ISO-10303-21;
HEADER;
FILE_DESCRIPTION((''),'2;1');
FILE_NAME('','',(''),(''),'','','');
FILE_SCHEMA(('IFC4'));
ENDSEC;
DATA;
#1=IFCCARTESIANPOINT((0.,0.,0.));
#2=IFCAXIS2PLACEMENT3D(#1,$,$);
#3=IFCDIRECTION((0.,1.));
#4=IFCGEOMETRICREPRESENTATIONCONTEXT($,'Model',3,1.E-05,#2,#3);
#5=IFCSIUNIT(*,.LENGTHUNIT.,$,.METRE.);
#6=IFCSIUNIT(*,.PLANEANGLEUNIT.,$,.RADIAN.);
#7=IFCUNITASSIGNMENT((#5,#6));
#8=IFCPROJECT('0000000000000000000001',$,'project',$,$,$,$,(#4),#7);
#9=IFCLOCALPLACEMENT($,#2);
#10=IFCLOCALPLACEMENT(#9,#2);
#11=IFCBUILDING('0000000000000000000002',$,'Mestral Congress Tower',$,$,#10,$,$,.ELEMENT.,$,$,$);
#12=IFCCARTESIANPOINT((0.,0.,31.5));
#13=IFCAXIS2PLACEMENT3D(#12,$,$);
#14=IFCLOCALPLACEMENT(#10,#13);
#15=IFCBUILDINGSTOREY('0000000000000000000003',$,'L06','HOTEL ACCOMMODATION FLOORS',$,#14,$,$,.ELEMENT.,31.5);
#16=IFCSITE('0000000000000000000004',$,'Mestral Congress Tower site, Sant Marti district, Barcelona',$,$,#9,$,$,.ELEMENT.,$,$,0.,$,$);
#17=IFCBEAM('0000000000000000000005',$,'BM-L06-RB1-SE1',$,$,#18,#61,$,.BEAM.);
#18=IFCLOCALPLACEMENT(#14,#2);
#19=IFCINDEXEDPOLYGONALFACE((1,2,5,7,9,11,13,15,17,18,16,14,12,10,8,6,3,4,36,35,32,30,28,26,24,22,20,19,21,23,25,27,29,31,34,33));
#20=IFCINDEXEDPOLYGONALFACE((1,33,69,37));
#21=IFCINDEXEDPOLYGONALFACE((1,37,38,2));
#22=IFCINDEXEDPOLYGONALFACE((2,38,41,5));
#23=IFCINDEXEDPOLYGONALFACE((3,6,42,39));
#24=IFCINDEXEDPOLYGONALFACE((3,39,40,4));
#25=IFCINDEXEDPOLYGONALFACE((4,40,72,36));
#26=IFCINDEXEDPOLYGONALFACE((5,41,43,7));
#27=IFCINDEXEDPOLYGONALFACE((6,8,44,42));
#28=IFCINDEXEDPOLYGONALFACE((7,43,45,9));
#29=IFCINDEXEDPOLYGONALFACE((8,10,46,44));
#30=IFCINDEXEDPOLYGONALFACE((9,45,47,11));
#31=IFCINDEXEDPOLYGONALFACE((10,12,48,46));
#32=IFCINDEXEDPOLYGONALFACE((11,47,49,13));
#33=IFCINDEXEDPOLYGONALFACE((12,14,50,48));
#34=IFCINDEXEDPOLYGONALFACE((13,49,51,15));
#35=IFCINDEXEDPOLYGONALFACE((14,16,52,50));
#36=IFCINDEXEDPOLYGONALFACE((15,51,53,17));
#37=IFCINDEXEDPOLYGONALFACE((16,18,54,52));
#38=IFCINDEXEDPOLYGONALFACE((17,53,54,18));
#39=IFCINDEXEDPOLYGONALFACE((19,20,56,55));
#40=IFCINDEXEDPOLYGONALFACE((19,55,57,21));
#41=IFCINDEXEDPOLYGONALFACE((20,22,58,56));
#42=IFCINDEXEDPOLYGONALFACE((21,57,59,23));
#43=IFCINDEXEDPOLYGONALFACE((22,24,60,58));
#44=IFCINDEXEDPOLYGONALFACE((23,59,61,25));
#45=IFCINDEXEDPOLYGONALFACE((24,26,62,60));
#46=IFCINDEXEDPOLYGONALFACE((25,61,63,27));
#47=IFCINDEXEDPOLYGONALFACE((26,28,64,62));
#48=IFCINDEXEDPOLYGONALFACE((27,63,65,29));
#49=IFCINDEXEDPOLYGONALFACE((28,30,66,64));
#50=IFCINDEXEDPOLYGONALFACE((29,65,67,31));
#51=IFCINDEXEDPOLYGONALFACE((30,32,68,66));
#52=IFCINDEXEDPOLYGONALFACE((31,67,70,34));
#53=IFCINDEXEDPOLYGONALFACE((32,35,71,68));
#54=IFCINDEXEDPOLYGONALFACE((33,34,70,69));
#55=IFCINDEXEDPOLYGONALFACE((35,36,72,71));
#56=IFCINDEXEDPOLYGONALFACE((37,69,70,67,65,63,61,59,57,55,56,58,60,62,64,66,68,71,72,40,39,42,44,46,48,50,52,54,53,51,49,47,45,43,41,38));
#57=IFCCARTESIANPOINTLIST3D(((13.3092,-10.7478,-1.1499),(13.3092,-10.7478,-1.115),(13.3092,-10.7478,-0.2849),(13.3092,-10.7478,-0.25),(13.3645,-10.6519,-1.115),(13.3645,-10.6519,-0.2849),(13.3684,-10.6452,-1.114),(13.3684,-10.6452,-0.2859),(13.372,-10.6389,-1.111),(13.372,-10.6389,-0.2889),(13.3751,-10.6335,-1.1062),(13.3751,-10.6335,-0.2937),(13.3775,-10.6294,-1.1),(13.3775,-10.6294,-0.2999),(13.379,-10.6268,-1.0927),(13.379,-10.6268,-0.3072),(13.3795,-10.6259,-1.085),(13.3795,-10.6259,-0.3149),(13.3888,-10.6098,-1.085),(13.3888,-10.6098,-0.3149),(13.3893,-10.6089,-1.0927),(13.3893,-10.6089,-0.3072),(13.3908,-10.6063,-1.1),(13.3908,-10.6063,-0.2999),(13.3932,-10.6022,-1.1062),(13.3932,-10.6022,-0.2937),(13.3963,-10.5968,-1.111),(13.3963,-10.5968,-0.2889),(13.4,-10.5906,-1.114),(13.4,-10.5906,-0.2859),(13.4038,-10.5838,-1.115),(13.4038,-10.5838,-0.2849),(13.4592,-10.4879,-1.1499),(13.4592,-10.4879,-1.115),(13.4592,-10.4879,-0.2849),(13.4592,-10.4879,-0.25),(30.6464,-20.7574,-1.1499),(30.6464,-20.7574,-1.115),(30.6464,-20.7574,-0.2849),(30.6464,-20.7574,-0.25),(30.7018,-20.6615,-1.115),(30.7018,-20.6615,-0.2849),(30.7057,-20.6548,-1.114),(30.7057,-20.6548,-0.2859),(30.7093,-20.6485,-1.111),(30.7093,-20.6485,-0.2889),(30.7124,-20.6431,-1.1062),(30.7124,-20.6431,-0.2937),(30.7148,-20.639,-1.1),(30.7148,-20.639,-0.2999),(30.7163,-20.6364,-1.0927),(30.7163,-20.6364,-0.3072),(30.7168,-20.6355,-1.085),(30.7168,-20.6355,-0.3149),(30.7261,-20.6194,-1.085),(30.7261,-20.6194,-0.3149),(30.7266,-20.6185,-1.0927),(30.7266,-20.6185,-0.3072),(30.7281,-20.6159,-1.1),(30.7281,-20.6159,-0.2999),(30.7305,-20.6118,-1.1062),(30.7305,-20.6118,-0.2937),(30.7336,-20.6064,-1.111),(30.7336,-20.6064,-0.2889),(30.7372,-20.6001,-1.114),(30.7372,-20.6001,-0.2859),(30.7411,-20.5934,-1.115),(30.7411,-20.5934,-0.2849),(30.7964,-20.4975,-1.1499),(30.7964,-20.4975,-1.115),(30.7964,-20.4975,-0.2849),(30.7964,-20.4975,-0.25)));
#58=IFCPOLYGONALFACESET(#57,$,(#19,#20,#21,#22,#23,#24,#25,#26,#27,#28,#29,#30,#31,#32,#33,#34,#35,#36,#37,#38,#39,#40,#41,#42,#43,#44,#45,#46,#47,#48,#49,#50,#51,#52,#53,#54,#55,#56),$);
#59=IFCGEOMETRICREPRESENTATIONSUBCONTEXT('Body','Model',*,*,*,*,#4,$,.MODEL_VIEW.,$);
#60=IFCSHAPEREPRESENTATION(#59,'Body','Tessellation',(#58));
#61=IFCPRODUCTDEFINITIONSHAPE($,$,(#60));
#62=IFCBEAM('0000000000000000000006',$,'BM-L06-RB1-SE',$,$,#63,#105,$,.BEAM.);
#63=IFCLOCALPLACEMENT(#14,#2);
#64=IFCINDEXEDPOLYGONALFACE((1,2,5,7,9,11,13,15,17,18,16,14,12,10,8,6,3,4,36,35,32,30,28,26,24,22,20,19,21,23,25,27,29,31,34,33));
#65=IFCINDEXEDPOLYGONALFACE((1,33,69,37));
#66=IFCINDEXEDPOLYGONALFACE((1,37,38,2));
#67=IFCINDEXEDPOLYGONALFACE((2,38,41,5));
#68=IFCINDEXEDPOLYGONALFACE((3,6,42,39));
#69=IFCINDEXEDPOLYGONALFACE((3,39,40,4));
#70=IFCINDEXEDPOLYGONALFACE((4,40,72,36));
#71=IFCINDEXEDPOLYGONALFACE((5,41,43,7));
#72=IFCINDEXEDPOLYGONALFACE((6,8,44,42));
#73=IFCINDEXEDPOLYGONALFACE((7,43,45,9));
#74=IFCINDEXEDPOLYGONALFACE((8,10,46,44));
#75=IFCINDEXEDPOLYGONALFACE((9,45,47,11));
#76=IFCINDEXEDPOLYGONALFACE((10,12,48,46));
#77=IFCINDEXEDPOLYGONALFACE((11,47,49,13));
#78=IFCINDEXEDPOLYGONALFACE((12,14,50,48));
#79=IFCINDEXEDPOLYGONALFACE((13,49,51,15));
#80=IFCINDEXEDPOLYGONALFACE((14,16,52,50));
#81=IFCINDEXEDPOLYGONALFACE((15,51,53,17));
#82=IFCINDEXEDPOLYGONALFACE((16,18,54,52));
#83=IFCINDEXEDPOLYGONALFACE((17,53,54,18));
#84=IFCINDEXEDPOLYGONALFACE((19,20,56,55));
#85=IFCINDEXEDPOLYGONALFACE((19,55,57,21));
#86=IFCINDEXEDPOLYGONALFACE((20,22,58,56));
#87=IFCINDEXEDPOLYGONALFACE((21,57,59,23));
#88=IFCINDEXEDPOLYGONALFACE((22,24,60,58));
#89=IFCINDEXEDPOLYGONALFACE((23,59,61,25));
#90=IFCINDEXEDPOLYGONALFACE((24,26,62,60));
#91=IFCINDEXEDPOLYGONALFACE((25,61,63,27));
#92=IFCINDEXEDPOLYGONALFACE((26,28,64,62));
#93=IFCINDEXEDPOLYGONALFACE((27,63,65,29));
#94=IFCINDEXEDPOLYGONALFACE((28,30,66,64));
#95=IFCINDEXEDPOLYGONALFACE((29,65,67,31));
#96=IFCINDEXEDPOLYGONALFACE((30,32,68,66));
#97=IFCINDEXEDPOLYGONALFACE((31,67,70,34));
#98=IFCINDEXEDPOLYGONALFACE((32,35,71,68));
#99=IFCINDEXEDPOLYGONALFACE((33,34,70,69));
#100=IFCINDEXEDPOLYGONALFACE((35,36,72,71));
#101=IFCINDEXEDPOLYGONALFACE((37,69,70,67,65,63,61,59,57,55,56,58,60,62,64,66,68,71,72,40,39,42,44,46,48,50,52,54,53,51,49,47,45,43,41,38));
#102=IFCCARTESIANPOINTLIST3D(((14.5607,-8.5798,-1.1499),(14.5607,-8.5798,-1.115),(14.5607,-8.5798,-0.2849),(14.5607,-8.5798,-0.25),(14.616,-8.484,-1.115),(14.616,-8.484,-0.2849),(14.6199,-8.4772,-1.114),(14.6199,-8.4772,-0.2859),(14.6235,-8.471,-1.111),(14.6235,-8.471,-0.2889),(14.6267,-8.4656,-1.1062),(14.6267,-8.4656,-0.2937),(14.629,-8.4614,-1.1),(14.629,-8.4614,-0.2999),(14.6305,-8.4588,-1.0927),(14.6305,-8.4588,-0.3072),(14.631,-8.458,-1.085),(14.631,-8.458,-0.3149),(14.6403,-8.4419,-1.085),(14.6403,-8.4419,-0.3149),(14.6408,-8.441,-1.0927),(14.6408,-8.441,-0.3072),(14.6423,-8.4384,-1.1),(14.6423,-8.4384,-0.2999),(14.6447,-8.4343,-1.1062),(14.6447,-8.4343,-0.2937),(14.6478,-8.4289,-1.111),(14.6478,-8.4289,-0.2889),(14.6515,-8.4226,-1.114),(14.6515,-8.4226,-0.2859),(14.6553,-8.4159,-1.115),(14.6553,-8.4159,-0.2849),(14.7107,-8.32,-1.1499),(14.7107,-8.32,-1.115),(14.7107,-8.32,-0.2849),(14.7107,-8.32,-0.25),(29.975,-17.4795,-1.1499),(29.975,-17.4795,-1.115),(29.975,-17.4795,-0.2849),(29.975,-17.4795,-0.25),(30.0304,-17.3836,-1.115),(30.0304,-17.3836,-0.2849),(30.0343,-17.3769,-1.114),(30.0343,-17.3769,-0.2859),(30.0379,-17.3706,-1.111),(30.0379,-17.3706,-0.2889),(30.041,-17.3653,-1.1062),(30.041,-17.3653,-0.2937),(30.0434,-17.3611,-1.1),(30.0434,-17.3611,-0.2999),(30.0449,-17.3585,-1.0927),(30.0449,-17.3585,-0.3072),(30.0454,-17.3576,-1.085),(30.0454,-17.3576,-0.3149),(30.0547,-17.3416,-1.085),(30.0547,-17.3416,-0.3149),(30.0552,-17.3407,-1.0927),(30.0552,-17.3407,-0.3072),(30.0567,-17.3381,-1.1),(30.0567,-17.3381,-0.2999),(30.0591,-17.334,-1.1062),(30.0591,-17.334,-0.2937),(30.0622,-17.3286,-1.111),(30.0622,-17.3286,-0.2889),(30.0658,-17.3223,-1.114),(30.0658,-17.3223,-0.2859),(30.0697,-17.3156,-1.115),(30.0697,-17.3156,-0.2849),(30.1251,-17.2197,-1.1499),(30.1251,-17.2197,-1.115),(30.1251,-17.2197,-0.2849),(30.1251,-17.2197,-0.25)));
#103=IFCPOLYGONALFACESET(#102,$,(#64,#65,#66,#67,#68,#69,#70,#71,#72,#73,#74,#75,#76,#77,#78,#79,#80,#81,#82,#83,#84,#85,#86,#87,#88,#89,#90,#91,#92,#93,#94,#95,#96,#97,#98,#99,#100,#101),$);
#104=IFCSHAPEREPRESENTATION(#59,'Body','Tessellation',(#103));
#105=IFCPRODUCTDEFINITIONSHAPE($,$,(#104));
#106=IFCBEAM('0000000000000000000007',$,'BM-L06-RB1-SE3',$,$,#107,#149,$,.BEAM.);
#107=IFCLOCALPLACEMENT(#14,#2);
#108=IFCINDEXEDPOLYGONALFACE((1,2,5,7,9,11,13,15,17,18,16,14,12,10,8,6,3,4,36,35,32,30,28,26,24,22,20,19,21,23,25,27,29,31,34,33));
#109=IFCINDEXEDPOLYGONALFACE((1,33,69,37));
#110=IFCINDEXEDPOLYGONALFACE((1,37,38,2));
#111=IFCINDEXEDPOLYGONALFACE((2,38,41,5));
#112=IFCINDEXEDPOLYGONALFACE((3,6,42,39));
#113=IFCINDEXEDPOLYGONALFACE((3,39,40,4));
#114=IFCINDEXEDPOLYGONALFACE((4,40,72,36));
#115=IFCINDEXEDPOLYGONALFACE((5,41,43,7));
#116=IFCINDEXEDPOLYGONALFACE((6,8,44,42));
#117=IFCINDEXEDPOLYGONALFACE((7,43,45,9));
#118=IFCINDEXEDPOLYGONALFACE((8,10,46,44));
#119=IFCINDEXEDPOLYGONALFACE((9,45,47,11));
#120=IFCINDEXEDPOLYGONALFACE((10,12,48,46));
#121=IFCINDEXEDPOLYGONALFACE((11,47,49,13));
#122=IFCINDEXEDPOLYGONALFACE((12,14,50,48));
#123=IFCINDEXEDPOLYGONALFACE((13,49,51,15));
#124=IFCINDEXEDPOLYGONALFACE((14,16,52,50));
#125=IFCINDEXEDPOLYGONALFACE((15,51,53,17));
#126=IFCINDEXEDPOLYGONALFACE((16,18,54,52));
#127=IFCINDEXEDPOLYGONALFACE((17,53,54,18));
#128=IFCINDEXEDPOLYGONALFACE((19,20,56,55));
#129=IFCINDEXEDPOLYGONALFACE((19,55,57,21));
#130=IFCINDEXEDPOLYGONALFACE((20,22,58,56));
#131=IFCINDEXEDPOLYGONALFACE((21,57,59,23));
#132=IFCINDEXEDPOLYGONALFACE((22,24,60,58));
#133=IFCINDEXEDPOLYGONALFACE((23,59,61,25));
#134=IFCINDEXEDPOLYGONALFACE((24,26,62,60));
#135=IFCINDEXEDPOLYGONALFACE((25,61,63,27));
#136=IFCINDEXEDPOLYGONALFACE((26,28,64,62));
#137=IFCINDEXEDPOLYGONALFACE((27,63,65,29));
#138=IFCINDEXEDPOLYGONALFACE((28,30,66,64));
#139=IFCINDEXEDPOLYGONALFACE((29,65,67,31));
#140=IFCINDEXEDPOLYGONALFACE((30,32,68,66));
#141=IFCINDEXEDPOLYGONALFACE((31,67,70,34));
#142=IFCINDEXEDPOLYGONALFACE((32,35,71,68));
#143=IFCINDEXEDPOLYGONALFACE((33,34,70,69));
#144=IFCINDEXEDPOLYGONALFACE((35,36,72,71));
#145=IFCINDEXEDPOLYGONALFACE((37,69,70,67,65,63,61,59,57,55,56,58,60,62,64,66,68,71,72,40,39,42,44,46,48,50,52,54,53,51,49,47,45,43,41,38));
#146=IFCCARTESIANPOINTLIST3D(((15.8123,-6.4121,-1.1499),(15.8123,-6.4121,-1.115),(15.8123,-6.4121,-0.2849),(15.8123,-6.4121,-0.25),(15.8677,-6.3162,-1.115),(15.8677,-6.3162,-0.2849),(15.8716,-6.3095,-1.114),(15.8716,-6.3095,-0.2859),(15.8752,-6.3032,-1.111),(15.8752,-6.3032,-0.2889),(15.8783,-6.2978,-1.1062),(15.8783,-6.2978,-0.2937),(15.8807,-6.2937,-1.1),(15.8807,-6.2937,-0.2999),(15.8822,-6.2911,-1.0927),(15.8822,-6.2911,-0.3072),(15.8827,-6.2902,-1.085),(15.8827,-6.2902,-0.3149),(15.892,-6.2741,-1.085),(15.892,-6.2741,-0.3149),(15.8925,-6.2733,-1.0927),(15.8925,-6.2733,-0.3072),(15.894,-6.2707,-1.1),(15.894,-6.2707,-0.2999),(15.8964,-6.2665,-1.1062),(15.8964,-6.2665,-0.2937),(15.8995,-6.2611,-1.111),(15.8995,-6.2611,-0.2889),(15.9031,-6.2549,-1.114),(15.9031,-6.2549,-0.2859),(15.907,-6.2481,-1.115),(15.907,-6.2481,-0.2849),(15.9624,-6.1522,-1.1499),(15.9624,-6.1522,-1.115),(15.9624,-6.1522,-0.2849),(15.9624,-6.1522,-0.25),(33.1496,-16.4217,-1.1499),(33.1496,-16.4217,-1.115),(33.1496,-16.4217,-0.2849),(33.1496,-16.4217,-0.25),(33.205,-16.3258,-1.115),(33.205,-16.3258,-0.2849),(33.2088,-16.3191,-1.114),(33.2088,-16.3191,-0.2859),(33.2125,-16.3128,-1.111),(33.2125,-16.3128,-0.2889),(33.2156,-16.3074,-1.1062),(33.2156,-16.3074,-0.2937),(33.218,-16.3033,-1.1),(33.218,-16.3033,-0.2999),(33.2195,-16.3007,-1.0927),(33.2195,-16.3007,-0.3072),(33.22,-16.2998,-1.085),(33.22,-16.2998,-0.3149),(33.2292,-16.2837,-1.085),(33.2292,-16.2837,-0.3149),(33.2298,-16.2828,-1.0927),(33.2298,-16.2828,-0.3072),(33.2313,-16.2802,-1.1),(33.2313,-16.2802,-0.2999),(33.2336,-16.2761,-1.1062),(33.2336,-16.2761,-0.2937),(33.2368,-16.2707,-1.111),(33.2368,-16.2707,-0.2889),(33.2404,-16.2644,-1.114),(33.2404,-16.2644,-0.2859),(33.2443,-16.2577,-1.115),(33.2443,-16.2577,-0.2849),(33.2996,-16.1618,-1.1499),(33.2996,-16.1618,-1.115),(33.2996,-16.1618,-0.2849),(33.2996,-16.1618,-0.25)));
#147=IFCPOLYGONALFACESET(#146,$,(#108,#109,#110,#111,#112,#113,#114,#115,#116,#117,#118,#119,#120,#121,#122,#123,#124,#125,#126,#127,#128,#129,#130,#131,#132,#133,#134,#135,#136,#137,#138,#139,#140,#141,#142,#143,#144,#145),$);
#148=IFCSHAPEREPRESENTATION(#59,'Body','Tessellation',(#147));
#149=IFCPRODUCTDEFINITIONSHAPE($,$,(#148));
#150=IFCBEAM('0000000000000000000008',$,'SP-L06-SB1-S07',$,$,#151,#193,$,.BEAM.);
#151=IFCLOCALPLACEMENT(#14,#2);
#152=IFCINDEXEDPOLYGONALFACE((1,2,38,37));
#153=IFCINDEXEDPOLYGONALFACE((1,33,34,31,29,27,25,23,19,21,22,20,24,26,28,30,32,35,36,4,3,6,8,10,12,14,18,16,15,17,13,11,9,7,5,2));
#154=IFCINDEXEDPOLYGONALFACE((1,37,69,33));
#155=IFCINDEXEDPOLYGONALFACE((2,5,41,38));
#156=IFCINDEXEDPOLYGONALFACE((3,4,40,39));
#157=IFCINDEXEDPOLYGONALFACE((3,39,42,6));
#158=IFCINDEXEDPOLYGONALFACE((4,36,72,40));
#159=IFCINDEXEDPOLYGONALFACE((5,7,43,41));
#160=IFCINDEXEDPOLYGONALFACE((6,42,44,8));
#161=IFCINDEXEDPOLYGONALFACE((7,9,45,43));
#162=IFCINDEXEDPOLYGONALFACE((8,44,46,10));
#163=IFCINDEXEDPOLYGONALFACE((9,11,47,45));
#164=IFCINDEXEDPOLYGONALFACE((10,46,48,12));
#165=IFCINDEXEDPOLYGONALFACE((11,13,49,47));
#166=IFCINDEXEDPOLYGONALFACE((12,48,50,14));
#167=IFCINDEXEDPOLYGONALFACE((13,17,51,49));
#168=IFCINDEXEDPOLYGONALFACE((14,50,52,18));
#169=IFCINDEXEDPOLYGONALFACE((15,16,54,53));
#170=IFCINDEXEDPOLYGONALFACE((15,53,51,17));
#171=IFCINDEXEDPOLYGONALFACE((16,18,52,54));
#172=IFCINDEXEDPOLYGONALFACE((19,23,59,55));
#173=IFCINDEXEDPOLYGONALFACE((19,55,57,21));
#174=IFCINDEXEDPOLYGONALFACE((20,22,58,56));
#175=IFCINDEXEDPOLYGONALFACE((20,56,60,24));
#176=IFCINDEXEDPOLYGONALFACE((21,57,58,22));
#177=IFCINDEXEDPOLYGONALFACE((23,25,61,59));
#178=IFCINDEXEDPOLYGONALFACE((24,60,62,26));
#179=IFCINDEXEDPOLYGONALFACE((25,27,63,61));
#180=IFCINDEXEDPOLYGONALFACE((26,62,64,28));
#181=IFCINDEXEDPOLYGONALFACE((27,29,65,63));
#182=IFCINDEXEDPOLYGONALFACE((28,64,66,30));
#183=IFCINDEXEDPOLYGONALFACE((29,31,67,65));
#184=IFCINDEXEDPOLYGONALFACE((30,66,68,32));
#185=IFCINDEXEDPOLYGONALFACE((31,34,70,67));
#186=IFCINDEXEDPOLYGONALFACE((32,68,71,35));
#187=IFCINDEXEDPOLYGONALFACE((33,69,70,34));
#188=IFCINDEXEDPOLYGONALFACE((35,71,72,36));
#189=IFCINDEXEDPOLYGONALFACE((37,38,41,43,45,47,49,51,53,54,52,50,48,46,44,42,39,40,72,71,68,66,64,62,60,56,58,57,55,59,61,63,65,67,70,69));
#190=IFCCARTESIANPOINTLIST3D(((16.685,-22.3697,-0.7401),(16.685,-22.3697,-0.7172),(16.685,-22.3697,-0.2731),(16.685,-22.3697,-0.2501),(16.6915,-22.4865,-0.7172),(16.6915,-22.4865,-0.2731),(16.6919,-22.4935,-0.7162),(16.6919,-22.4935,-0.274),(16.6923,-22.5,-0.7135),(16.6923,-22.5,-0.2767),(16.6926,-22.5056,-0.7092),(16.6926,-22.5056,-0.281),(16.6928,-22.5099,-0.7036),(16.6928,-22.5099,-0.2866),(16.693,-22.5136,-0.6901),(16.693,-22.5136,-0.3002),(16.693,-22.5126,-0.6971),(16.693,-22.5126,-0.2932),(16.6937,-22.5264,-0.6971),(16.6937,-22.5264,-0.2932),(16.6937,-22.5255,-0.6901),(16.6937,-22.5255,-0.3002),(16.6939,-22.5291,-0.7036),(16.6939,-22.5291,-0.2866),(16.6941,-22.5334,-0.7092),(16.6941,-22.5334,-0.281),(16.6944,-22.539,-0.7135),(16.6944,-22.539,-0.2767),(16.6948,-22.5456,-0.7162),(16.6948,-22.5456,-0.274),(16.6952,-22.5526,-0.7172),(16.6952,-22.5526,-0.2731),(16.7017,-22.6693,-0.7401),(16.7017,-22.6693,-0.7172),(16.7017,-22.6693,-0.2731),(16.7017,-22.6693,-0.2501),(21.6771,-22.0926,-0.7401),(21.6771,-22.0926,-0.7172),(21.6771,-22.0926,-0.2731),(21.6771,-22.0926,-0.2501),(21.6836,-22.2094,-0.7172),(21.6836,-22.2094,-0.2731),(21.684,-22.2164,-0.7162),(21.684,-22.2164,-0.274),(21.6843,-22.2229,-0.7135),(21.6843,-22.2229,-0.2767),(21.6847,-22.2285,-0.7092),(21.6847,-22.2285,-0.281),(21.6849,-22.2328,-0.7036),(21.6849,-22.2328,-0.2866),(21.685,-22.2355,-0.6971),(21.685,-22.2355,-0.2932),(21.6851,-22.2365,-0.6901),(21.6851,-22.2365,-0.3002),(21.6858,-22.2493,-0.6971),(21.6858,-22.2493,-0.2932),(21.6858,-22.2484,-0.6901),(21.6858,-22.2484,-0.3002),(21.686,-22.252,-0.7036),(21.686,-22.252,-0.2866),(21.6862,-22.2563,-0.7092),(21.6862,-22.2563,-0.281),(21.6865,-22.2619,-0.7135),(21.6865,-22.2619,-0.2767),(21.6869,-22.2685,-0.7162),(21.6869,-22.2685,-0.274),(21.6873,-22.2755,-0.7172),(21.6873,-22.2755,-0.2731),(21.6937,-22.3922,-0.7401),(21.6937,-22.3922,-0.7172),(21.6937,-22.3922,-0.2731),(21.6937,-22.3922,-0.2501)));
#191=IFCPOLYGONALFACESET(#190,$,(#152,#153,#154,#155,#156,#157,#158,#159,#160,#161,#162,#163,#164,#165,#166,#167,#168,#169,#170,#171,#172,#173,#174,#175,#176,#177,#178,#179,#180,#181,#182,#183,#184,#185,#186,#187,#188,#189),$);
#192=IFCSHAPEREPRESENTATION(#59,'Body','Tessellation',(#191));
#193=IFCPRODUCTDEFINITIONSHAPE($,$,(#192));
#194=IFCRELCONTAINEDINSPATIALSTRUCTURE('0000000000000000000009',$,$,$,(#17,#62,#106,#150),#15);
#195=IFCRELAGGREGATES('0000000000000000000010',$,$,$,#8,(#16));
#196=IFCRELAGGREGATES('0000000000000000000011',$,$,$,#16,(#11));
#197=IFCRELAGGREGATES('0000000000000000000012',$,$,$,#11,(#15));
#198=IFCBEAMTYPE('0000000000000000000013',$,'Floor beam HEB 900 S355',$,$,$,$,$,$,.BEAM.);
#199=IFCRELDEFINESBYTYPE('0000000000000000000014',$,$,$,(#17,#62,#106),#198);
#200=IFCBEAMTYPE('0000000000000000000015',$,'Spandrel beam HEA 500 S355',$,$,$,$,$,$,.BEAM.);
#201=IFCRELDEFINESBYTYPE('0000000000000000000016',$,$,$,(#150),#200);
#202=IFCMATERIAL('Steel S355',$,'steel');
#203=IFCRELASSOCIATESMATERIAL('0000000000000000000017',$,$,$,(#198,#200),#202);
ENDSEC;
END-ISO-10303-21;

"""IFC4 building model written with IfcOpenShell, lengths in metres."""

from ifc_helpers import new_model, si_unit, direction, frame, origin, origin_2d, place, context, subcontext, project, spatial, i_section, extrude, material, material_profile, profile_set, type_object, element, save


model = new_model("IFC4")

# Units and contexts
model_context = context("Model", 3, precision=1e-05, world=origin(), true_north=direction((0.0, 1.0)))
body_context = subcontext(model_context, "Body", "Model", "MODEL_VIEW")
ifc_project = project(units=[si_unit("LENGTHUNIT", "METRE"), si_unit("PLANEANGLEUNIT", "RADIAN")], contexts=[model_context])

# Site, building, storey
site_placement = place(None, origin())
site = spatial("IfcSite", under=ifc_project, at=site_placement, Name="Mestral Congress Tower site, Sant Marti district, Barcelona", CompositionType="ELEMENT", RefElevation=0.0)
building_placement = place(site_placement, origin())
building = spatial("IfcBuilding", under=site, at=building_placement, Name="Mestral Congress Tower", CompositionType="ELEMENT")
storey_placement = place(building_placement, frame((0.0, 0.0, 31.5)))
storey = spatial("IfcBuildingStorey", under=building, at=storey_placement, Name="L06", Description="HOTEL ACCOMMODATION FLOORS", CompositionType="ELEMENT", Elevation=31.5)

# Beams
ifc_material_1 = material(Name="Steel S355", Category="steel")
ifc_material_profile_1 = material_profile(ifc_material_1, i_section(OverallWidth=0.3, OverallDepth=0.8999, WebThickness=0.0186, FlangeThickness=0.0349, FilletRadius=0.03, at=origin_2d()), Name="HEB 900")
ifc_profile_set_1 = profile_set([ifc_material_profile_1], Name="Steel S355")
beam_type_1 = type_object("IfcBeamType", Name="Floor beam HEB 900 S355", PredefinedType="BEAM", material=ifc_profile_set_1)
beam_1_placement = place(storey_placement, frame((30.7214, -20.6274, -0.7), z_axis=(-0.866027, 0.499997, 0.0), x_axis=(-0.499997, -0.866027, 0.0)))
element("IfcBeam", 1, at=beam_1_placement, inside=storey, type_object=beam_type_1, Name="BM-L06-RB1-SE1", PredefinedType="BEAM", context=body_context, shape_type="SweptSolid", body=[
    extrude(i_section(OverallWidth=0.3, OverallDepth=0.8999, WebThickness=0.0186, FlangeThickness=0.0349, FilletRadius=0.03, at=origin_2d()), origin(), (0.0, 0.0, 1.0), 20.0193),
])
beam_2_placement = place(storey_placement, frame((30.05, -17.3496, -0.7), z_axis=(-0.86602, 0.500009, 0.0), x_axis=(-0.500009, -0.86602, 0.0)))
element("IfcBeam", 2, at=beam_2_placement, inside=storey, type_object=beam_type_1, Name="BM-L06-RB1-SE", PredefinedType="BEAM", context=body_context, shape_type="SweptSolid", body=[
    extrude(i_section(OverallWidth=0.3, OverallDepth=0.8999, WebThickness=0.0186, FlangeThickness=0.0349, FilletRadius=0.03, at=origin_2d()), origin(), (0.0, 0.0, 1.0), 17.7991),
])
beam_3_placement = place(storey_placement, frame((33.2246, -16.2917, -0.7), z_axis=(-0.866027, 0.499997, 0.0), x_axis=(-0.499997, -0.866027, 0.0)))
element("IfcBeam", 3, at=beam_3_placement, inside=storey, type_object=beam_type_1, Name="BM-L06-RB1-SE3", PredefinedType="BEAM", context=body_context, shape_type="SweptSolid", body=[
    extrude(i_section(OverallWidth=0.3, OverallDepth=0.8999, WebThickness=0.0186, FlangeThickness=0.0349, FilletRadius=0.03, at=origin_2d()), origin(), (0.0, 0.0, 1.0), 20.0193),
])
ifc_material_profile_2 = material_profile(ifc_material_1, i_section(OverallWidth=0.3, OverallDepth=0.49, WebThickness=0.012, FlangeThickness=0.0229, FilletRadius=0.0271, at=origin_2d()), Name="HEA 500")
ifc_profile_set_2 = profile_set([ifc_material_profile_2], Name="Steel S355")
beam_type_2 = type_object("IfcBeamType", Name="Spandrel beam HEA 500 S355", PredefinedType="BEAM", material=ifc_profile_set_2)
beam_4_placement = place(storey_placement, frame((16.6934, -22.5195, -0.4951), z_axis=(0.998463, 0.055421, 0.0), x_axis=(-0.055421, 0.998463, 0.0)))
element("IfcBeam", 4, at=beam_4_placement, inside=storey, type_object=beam_type_2, Name="SP-L06-SB1-S07", PredefinedType="BEAM", context=body_context, shape_type="SweptSolid", body=[
    extrude(i_section(OverallWidth=0.3, OverallDepth=0.49, WebThickness=0.012, FlangeThickness=0.0229, FilletRadius=0.0271, at=origin_2d()), origin(), (0.0, 0.0, 1.0), 4.9998),
])

save(model, "model.ifc")
